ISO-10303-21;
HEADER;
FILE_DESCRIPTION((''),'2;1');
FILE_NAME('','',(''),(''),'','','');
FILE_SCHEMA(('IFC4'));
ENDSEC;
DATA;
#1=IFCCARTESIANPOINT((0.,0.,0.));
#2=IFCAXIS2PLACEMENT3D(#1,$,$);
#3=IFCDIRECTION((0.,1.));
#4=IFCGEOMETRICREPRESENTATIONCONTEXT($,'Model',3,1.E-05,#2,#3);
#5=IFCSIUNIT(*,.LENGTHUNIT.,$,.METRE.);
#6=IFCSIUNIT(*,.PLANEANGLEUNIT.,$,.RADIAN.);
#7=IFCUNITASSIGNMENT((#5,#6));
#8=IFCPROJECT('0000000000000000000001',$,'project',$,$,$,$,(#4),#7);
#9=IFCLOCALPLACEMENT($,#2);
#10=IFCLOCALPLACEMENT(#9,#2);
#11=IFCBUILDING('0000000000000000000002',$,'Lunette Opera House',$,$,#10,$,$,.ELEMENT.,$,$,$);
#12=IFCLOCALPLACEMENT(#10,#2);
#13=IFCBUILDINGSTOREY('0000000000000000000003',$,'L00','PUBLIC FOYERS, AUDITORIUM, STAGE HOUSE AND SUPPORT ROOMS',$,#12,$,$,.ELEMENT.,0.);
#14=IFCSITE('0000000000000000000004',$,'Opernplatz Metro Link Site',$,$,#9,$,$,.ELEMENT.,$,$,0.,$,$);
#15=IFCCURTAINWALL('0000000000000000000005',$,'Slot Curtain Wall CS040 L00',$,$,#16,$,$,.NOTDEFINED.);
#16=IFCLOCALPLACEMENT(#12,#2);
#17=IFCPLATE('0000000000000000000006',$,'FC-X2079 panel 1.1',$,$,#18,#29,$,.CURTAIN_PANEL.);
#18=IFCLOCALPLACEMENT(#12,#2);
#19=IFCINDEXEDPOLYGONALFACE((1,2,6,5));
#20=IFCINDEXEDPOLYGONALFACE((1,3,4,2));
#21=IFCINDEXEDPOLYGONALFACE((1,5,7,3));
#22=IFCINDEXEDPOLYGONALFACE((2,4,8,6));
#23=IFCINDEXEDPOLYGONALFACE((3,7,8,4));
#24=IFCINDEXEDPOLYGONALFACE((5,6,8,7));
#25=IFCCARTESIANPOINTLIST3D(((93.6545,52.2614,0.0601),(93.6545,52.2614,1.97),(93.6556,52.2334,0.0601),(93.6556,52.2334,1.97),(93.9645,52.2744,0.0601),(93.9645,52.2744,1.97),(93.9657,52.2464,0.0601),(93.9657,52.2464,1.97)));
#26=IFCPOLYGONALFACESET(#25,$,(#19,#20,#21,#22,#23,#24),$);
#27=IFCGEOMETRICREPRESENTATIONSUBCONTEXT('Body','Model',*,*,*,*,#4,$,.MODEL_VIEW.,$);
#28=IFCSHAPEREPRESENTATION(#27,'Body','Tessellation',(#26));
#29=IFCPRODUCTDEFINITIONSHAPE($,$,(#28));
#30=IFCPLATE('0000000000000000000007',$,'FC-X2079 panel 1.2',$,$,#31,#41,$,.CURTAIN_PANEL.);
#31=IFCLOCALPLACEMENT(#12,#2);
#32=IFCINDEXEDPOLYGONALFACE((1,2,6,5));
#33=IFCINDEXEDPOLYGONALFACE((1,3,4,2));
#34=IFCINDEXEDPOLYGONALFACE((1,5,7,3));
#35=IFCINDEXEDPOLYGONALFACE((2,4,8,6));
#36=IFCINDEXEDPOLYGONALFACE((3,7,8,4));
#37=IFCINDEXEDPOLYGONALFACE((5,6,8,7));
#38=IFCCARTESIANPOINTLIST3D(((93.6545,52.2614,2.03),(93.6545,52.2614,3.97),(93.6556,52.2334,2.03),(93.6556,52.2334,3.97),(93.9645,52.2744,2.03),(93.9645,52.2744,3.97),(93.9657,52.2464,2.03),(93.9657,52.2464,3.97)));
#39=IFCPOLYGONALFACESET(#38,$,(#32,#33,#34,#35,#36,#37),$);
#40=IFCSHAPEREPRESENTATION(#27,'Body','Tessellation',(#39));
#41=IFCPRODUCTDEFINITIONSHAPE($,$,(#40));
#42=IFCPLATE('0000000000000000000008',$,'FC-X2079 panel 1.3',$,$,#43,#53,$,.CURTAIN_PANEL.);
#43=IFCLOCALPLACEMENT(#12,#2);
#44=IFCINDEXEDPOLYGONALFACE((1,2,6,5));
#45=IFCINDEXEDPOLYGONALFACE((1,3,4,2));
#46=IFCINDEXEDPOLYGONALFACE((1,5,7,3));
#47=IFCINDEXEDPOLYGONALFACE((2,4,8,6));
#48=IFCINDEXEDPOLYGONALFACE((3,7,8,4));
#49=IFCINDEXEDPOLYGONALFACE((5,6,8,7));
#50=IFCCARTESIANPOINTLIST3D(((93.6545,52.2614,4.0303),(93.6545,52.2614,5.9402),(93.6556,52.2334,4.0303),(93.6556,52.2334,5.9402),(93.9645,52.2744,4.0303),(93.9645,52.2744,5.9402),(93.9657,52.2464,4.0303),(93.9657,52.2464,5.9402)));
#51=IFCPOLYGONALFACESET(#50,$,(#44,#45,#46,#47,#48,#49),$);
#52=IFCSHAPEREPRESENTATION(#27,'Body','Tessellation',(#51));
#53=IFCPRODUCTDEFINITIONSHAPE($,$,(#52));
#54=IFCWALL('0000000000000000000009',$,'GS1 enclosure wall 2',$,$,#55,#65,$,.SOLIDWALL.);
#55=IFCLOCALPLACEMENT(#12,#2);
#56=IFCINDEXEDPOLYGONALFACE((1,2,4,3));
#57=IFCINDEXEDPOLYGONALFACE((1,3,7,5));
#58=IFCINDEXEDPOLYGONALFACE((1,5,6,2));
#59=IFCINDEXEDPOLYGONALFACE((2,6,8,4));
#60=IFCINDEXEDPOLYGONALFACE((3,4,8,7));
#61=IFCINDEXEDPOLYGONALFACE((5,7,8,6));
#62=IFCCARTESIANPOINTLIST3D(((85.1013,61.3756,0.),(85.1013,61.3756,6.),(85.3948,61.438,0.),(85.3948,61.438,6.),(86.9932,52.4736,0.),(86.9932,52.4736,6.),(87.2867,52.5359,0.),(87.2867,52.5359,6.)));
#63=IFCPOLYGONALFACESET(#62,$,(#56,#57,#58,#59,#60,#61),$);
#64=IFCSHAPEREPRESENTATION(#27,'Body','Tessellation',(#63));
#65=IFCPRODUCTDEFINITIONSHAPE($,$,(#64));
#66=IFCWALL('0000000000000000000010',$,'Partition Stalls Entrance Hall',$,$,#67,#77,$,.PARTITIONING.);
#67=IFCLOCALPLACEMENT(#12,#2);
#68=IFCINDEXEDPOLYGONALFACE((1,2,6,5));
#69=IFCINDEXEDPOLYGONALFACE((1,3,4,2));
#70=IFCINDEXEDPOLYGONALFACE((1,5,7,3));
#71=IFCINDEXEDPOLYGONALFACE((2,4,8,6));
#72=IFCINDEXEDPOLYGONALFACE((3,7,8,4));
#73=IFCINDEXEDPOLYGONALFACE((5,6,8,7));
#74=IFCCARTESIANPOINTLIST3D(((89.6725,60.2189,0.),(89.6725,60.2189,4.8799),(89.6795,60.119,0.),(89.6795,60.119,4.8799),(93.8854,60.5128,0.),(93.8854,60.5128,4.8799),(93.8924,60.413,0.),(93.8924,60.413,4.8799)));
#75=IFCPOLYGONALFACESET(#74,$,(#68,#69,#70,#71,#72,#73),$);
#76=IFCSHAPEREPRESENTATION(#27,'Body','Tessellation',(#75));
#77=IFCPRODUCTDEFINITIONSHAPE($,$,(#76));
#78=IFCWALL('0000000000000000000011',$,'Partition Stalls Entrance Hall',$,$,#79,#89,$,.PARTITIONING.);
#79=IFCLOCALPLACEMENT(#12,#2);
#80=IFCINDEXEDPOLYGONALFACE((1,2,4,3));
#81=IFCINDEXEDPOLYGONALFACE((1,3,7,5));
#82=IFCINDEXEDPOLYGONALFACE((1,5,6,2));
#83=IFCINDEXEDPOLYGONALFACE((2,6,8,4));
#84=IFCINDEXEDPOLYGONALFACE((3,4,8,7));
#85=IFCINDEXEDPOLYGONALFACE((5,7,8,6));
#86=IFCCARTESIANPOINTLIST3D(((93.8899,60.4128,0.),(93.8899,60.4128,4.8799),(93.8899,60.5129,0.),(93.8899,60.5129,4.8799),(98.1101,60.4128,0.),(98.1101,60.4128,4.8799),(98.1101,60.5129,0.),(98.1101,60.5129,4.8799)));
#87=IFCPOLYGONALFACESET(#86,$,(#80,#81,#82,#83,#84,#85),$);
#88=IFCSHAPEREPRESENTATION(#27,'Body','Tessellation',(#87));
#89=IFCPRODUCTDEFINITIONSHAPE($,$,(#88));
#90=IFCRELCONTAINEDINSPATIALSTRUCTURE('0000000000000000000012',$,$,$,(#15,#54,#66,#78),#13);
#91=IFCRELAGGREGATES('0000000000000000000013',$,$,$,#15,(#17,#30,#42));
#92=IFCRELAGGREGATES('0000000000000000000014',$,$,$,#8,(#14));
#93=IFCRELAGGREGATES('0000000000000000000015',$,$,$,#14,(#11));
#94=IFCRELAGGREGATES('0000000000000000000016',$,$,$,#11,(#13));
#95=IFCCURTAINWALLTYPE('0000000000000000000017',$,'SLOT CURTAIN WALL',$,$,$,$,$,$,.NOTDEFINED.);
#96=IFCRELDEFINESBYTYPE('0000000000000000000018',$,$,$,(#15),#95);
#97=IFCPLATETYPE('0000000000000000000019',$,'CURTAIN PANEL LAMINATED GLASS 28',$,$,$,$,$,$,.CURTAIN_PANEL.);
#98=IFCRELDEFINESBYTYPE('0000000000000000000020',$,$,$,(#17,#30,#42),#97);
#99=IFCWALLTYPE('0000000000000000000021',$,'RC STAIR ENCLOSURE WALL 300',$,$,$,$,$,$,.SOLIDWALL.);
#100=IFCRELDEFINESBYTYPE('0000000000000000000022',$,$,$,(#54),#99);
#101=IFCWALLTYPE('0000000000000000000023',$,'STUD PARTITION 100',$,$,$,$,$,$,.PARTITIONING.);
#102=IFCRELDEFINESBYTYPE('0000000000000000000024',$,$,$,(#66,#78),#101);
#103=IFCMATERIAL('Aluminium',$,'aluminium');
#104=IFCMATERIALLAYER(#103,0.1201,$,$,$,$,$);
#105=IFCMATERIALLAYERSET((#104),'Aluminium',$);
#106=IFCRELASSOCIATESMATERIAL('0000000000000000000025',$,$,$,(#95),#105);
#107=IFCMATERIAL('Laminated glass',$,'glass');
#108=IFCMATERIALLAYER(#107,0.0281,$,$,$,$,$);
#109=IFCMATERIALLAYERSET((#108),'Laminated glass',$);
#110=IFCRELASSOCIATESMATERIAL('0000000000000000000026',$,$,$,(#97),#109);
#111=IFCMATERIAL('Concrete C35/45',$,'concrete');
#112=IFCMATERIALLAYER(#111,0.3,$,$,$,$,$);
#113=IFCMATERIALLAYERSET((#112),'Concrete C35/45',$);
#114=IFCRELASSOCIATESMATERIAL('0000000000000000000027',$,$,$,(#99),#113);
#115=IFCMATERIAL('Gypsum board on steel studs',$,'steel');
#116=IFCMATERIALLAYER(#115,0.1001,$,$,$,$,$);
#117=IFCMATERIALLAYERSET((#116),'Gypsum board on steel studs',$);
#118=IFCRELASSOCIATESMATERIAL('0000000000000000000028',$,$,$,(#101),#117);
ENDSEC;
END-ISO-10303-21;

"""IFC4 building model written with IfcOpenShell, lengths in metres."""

from ifc_helpers import new_model, si_unit, direction, frame, frame_2d, origin, origin_2d, place, context, subcontext, project, spatial, rectangle, extrude, material, layer, layer_set, type_object, element, aggregate, save


model = new_model("IFC4")

# Units and contexts
model_context = context("Model", 3, precision=1e-05, world=origin(), true_north=direction((0.0, 1.0)))
body_context = subcontext(model_context, "Body", "Model", "MODEL_VIEW")
ifc_project = project(units=[si_unit("LENGTHUNIT", "METRE"), si_unit("PLANEANGLEUNIT", "RADIAN")], contexts=[model_context])

# Site, building, storey
site_placement = place(None, origin())
site = spatial("IfcSite", under=ifc_project, at=site_placement, Name="Opernplatz Metro Link Site", CompositionType="ELEMENT", RefElevation=0.0)
building_placement = place(site_placement, origin())
building = spatial("IfcBuilding", under=site, at=building_placement, Name="Lunette Opera House", CompositionType="ELEMENT")
storey_placement = place(building_placement, origin())
storey = spatial("IfcBuildingStorey", under=building, at=storey_placement, Name="L00", Description="PUBLIC FOYERS, AUDITORIUM, STAGE HOUSE AND SUPPORT ROOMS", CompositionType="ELEMENT", Elevation=0.0)

# Shared definitions
ifc_material_1 = material(Name="Aluminium", Category="aluminium")
ifc_layer_1 = layer(ifc_material_1, 0.1201)
ifc_layer_set_1 = layer_set([ifc_layer_1], Name="Aluminium")
curtain_wall_type = type_object("IfcCurtainWallType", Name="SLOT CURTAIN WALL", PredefinedType="NOTDEFINED", material=ifc_layer_set_1)

# Curtain wall
curtain_wall_1_placement = place(storey_placement, origin())
curtain_wall_1 = element("IfcCurtainWall", 1, at=curtain_wall_1_placement, inside=storey, type_object=curtain_wall_type, Name="Slot Curtain Wall CS040 L00", PredefinedType="NOTDEFINED")

# Plates
ifc_material_2 = material(Name="Laminated glass", Category="glass")
ifc_layer_2 = layer(ifc_material_2, 0.0281)
ifc_layer_set_2 = layer_set([ifc_layer_2], Name="Laminated glass")
plate_type = type_object("IfcPlateType", Name="CURTAIN PANEL LAMINATED GLASS 28", PredefinedType="CURTAIN_PANEL", material=ifc_layer_set_2)
plate_1_placement = place(storey_placement, frame((93.8101, 52.2539, 0.0601), z_axis=(0.0, 0.0, 1.0), x_axis=(0.999125, 0.041824, 0.0)))
plate_1 = element("IfcPlate", 2, at=plate_1_placement, type_object=plate_type, Name="FC-X2079 panel 1.1", PredefinedType="CURTAIN_PANEL", context=body_context, shape_type="SweptSolid", body=[
    extrude(rectangle(XDim=0.3103, YDim=0.0281, at=origin_2d()), origin(), (0.0, 0.0, 1.0), 1.9099),
])
plate_2_placement = place(storey_placement, frame((93.8101, 52.2539, 2.03), z_axis=(0.0, 0.0, 1.0), x_axis=(0.999125, 0.041824, 0.0)))
plate_2 = element("IfcPlate", 3, at=plate_2_placement, type_object=plate_type, Name="FC-X2079 panel 1.2", PredefinedType="CURTAIN_PANEL", context=body_context, shape_type="SweptSolid", body=[
    extrude(rectangle(XDim=0.3103, YDim=0.0281, at=origin_2d()), origin(), (0.0, 0.0, 1.0), 1.9399),
])
plate_3_placement = place(storey_placement, frame((93.8101, 52.2539, 4.0303), z_axis=(0.0, 0.0, 1.0), x_axis=(0.999125, 0.041824, 0.0)))
plate_3 = element("IfcPlate", 4, at=plate_3_placement, type_object=plate_type, Name="FC-X2079 panel 1.3", PredefinedType="CURTAIN_PANEL", context=body_context, shape_type="SweptSolid", body=[
    extrude(rectangle(XDim=0.3103, YDim=0.0281, at=origin_2d()), origin(), (0.0, 0.0, 1.0), 1.9099),
])
aggregate(curtain_wall_1, [plate_1, plate_2, plate_3])

# Walls
ifc_material_3 = material(Name="Concrete C35/45", Category="concrete")
ifc_layer_3 = layer(ifc_material_3, 0.3)
ifc_layer_set_3 = layer_set([ifc_layer_3], Name="Concrete C35/45")
wall_type_1 = type_object("IfcWallType", Name="RC STAIR ENCLOSURE WALL 300", PredefinedType="SOLIDWALL", material=ifc_layer_set_3)
wall_1_placement = place(storey_placement, frame((87.1399, 52.5049, 0.0), z_axis=(0.0, 0.0, 1.0), x_axis=(-0.207874, 0.978156, 0.0)))
element("IfcWall", 5, at=wall_1_placement, inside=storey, type_object=wall_type_1, Name="GS1 enclosure wall 2", PredefinedType="SOLIDWALL", context=body_context, shape_type="SweptSolid", body=[
    extrude(rectangle(XDim=9.1008, YDim=0.3, at=frame_2d((4.5503, 0.0))), origin(), (0.0, 0.0, 1.0), 6.0),
])
ifc_material_4 = material(Name="Gypsum board on steel studs", Category="steel")
ifc_layer_4 = layer(ifc_material_4, 0.1001)
ifc_layer_set_4 = layer_set([ifc_layer_4], Name="Gypsum board on steel studs")
wall_type_2 = type_object("IfcWallType", Name="STUD PARTITION 100", PredefinedType="PARTITIONING", material=ifc_layer_set_4)
wall_2_placement = place(storey_placement, frame((89.676, 60.1689, 0.0), z_axis=(0.0, 0.0, 1.0), x_axis=(0.997575, 0.069604, 0.0)))
element("IfcWall", 6, at=wall_2_placement, inside=storey, type_object=wall_type_2, Name="Partition Stalls Entrance Hall", PredefinedType="PARTITIONING", context=body_context, shape_type="SweptSolid", body=[
    extrude(rectangle(XDim=4.2231, YDim=0.1001, at=frame_2d((2.1116, 0.0))), origin(), (0.0, 0.0, 1.0), 4.8799),
])
wall_3_placement = place(storey_placement, frame((93.8899, 60.4629, 0.0), z_axis=(0.0, 0.0, 1.0), x_axis=(1.0, 0.0, 0.0)))
element("IfcWall", 7, at=wall_3_placement, inside=storey, type_object=wall_type_2, Name="Partition Stalls Entrance Hall", PredefinedType="PARTITIONING", context=body_context, shape_type="SweptSolid", body=[
    extrude(rectangle(XDim=4.2202, YDim=0.1001, at=frame_2d((2.1101, 0.0))), origin(), (0.0, 0.0, 1.0), 4.8799),
])

save(model, "model.ifc")
